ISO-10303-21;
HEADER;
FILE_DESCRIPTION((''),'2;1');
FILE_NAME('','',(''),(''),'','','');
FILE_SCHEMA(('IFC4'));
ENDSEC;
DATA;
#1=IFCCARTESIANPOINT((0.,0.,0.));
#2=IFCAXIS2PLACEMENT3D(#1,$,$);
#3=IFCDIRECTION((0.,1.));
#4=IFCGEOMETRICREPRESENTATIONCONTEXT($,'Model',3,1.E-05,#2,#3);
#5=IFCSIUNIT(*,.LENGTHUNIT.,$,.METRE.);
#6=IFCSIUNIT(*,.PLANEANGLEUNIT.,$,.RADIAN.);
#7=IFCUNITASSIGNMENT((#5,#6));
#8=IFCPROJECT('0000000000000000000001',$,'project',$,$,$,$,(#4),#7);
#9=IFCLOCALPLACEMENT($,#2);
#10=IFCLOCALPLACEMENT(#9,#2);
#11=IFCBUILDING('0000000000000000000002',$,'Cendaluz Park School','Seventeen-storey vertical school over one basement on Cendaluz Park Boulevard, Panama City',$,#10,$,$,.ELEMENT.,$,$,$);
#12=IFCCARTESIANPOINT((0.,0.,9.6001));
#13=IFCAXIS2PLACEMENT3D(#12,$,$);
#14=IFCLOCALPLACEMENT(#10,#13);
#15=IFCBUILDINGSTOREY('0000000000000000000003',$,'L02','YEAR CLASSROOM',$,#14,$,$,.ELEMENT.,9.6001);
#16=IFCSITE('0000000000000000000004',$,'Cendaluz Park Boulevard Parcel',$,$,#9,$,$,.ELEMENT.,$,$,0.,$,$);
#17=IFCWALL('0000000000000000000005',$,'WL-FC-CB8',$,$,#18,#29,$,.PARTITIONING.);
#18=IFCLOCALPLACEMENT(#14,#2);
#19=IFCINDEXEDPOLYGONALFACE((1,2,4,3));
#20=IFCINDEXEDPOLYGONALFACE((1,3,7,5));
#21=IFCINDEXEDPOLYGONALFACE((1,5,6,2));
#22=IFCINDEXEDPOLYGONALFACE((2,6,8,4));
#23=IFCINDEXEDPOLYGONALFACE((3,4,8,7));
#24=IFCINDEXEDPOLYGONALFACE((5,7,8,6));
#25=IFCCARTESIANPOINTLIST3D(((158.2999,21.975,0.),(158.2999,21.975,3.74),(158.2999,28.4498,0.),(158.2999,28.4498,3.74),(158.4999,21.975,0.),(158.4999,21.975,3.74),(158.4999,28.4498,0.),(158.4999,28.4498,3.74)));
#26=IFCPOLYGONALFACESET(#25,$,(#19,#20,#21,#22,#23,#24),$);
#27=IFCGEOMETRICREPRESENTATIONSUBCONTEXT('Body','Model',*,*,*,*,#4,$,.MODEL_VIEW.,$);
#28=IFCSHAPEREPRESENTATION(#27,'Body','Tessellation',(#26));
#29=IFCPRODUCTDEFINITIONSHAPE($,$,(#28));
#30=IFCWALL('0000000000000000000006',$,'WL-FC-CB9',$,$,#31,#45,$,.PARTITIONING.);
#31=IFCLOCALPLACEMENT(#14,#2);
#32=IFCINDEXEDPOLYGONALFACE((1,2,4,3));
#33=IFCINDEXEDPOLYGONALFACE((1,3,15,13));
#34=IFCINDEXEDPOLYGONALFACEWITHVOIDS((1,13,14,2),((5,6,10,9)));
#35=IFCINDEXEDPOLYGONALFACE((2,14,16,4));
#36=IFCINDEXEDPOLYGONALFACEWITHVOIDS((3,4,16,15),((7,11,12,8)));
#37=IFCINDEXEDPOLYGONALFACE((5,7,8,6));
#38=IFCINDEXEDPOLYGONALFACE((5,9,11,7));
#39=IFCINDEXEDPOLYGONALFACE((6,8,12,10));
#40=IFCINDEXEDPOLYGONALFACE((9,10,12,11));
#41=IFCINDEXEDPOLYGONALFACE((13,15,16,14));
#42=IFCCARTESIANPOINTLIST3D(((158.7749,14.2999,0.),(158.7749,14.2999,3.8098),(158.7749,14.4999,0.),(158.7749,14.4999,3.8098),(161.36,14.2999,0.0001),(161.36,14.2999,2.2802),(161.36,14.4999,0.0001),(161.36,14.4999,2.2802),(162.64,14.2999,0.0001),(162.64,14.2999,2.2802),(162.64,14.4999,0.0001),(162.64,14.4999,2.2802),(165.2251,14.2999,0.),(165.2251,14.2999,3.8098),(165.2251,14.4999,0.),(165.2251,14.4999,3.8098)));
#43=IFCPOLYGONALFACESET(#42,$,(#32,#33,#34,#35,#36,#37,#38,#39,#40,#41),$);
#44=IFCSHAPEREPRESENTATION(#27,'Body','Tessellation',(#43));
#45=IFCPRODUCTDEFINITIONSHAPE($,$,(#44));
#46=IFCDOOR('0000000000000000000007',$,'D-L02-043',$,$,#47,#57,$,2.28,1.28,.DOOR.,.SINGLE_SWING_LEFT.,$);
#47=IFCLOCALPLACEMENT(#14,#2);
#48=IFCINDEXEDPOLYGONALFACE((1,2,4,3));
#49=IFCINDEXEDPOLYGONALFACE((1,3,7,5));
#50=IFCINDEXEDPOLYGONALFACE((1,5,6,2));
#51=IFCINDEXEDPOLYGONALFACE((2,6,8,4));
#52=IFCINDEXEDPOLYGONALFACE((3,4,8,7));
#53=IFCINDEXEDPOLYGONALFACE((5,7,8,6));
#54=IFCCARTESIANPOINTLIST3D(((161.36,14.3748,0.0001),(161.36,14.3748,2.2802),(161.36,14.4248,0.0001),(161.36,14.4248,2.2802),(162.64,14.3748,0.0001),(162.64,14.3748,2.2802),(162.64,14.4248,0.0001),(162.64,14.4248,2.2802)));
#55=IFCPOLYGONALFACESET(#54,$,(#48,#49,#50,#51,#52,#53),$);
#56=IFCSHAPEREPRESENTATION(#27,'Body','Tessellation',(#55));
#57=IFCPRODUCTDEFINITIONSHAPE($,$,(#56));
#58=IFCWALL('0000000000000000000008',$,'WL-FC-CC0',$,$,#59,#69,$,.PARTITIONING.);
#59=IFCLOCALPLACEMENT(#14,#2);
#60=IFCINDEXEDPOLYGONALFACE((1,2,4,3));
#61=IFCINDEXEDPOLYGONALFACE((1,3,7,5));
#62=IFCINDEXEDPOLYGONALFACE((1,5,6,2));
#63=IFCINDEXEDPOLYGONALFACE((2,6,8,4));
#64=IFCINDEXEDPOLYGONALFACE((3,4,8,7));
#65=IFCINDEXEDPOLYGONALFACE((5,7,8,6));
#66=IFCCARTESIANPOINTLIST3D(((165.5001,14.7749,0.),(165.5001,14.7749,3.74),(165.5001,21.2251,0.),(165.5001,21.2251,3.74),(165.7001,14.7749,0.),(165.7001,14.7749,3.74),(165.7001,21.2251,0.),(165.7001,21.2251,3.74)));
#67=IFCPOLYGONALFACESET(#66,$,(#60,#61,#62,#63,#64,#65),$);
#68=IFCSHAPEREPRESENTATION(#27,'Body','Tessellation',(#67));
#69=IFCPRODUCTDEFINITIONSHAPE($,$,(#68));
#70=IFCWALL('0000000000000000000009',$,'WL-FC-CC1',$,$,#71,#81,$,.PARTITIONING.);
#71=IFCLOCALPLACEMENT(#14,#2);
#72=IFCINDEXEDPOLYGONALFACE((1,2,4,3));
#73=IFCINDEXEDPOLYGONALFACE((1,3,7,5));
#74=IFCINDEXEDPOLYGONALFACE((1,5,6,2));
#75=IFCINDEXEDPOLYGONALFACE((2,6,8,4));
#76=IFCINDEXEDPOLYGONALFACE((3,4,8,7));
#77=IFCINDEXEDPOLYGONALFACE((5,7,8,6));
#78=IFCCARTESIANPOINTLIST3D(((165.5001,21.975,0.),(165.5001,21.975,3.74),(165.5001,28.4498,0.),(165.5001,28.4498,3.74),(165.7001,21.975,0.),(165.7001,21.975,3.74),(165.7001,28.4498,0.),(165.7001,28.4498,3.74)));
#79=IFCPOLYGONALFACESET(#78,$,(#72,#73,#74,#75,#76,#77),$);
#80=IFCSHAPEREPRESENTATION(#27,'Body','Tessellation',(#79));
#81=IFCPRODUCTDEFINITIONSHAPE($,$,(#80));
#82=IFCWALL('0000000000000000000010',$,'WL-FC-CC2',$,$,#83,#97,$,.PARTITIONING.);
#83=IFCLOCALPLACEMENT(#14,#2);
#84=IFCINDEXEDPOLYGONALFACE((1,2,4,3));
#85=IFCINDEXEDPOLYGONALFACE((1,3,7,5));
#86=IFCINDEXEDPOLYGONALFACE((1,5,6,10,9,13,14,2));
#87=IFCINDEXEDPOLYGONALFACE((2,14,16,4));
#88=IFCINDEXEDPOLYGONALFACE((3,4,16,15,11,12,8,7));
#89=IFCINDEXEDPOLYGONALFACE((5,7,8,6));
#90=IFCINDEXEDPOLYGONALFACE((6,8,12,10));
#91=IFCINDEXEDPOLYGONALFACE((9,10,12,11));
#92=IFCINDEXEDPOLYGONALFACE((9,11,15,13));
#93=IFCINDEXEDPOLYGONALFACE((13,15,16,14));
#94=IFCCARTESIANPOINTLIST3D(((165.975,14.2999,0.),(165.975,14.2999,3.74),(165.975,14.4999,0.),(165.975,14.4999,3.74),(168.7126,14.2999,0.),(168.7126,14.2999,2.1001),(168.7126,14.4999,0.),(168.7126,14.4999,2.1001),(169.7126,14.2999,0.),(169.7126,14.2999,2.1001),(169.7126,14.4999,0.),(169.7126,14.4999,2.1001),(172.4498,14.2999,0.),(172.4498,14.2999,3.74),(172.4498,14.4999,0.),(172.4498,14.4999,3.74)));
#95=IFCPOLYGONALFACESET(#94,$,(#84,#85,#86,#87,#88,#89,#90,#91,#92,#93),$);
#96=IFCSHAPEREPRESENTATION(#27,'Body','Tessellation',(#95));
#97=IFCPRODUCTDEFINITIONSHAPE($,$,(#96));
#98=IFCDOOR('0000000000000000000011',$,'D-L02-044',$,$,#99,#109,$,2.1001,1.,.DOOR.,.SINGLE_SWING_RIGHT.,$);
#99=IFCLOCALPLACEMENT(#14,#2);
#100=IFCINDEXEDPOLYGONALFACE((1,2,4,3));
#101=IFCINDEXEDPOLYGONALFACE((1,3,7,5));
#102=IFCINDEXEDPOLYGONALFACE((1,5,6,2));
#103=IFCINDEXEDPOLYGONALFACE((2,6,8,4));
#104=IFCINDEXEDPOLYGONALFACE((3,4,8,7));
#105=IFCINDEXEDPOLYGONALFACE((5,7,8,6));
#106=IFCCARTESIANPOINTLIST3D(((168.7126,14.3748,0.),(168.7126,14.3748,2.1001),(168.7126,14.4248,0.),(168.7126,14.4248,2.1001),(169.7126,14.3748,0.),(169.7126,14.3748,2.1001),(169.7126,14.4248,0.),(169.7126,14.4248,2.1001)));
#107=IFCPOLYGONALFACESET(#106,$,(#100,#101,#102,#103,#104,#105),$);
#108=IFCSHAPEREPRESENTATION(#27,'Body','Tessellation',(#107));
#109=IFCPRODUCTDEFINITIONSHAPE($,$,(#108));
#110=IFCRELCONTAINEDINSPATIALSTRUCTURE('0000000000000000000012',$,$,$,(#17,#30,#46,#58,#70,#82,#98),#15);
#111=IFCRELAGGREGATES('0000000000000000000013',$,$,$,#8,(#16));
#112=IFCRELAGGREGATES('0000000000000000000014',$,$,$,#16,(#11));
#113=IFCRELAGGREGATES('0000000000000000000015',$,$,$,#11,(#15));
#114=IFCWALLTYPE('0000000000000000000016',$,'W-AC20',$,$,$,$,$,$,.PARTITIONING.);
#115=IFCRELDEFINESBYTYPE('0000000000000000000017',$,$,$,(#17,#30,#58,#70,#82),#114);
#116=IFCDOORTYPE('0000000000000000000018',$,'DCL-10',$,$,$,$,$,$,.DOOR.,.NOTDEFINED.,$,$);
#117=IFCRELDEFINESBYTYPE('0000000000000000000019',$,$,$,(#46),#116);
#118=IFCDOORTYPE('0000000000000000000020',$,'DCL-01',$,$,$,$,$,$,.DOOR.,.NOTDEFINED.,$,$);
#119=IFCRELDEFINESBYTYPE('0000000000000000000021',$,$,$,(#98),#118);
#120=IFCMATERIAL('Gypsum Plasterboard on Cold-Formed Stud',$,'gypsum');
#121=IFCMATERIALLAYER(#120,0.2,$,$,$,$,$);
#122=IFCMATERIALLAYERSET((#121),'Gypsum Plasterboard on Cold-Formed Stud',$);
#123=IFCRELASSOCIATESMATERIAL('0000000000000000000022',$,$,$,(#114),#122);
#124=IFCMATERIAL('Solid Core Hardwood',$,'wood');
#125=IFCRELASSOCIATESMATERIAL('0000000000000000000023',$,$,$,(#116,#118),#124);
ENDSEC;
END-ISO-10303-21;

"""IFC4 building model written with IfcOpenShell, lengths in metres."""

from ifc_helpers import new_model, si_unit, direction, frame, frame_2d, origin, place, context, subcontext, project, spatial, rectangle, extrude, material, layer, layer_set, type_object, element, fill, save


model = new_model("IFC4")

# Units and contexts
model_context = context("Model", 3, precision=1e-05, world=origin(), true_north=direction((0.0, 1.0)))
body_context = subcontext(model_context, "Body", "Model", "MODEL_VIEW")
ifc_project = project(units=[si_unit("LENGTHUNIT", "METRE"), si_unit("PLANEANGLEUNIT", "RADIAN")], contexts=[model_context])

# Site, building, storey
site_placement = place(None, origin())
site = spatial("IfcSite", under=ifc_project, at=site_placement, Name="Cendaluz Park Boulevard Parcel", CompositionType="ELEMENT", RefElevation=0.0)
building_placement = place(site_placement, origin())
building = spatial("IfcBuilding", under=site, at=building_placement, Name="Cendaluz Park School", Description="Seventeen-storey vertical school over one basement on Cendaluz Park Boulevard, Panama City", CompositionType="ELEMENT")
storey_placement = place(building_placement, frame((0.0, 0.0, 9.6001)))
storey = spatial("IfcBuildingStorey", under=building, at=storey_placement, Name="L02", Description="YEAR CLASSROOM", CompositionType="ELEMENT", Elevation=9.6001)

# Wall
ifc_material_1 = material(Name="Gypsum Plasterboard on Cold-Formed Stud", Category="gypsum")
ifc_layer_1 = layer(ifc_material_1, 0.2)
ifc_layer_set_1 = layer_set([ifc_layer_1], Name="Gypsum Plasterboard on Cold-Formed Stud")
wall_type = type_object("IfcWallType", Name="W-AC20", PredefinedType="PARTITIONING", material=ifc_layer_set_1)
wall_1_placement = place(storey_placement, frame((158.3999, 21.9751, 0.0), z_axis=(0.0, 0.0, 1.0), x_axis=(0.0, 1.0, 0.0)))
element("IfcWall", 1, at=wall_1_placement, inside=storey, type_object=wall_type, Name="WL-FC-CB8", PredefinedType="PARTITIONING", context=body_context, shape_type="SweptSolid", body=[
    extrude(rectangle(XDim=6.4749, YDim=0.2, at=frame_2d((3.2373, 0.0))), origin(), (0.0, 0.0, 1.0), 3.74),
])

# Wall, opening, door
wall_2_placement = place(storey_placement, frame((158.7749, 14.3999, 0.0), z_axis=(0.0, 0.0, 1.0), x_axis=(1.0, 0.0, 0.0)))
wall_2 = element("IfcWall", 2, at=wall_2_placement, inside=storey, type_object=wall_type, Name="WL-FC-CB9", PredefinedType="PARTITIONING", context=body_context, shape_type="SweptSolid", body=[
    extrude(rectangle(XDim=6.4502, YDim=0.2, at=frame_2d((3.2251, 0.0))), origin(), (0.0, 0.0, 1.0), 3.8098),
])
opening_1_placement = place(wall_2_placement, frame((2.585, 0.0, 0.0)))
opening_1 = element("IfcOpeningElement", 3, at=opening_1_placement, cuts=wall_2, PredefinedType="OPENING", context=body_context, shape_type="SweptSolid", body=[
    extrude(rectangle(XDim=1.28, YDim=2.28, at=frame_2d((0.6401, 1.1401))), frame((0.0, 0.1121, 0.0), z_axis=(0.0, -1.0, 0.0), x_axis=(1.0, 0.0, 0.0)), (0.0, 0.0, 1.0), 0.2239),
])
ifc_material_2 = material(Name="Solid Core Hardwood", Category="wood")
door_type_1 = type_object("IfcDoorType", Name="DCL-10", OperationType="NOTDEFINED", PredefinedType="DOOR", material=ifc_material_2)
door_1_placement = place(opening_1_placement, origin())
door_1 = element("IfcDoor", 4, at=door_1_placement, inside=storey, type_object=door_type_1, Name="D-L02-043", OperationType="SINGLE_SWING_LEFT", OverallHeight=2.28, OverallWidth=1.28, PredefinedType="DOOR", context=body_context, shape_type="SweptSolid", body=[
    extrude(rectangle(XDim=1.28, YDim=2.28, at=frame_2d((0.6401, 1.1401))), frame((0.0, 0.0249, 0.0), z_axis=(0.0, -1.0, 0.0), x_axis=(1.0, 0.0, 0.0)), (0.0, 0.0, 1.0), 0.05),
])
fill(opening_1, door_1)

# Walls
wall_3_placement = place(storey_placement, frame((165.6001, 14.7749, 0.0), z_axis=(0.0, 0.0, 1.0), x_axis=(0.0, 1.0, 0.0)))
element("IfcWall", 5, at=wall_3_placement, inside=storey, type_object=wall_type, Name="WL-FC-CC0", PredefinedType="PARTITIONING", context=body_context, shape_type="SweptSolid", body=[
    extrude(rectangle(XDim=6.4502, YDim=0.2, at=frame_2d((3.2251, 0.0))), origin(), (0.0, 0.0, 1.0), 3.74),
])
wall_4_placement = place(storey_placement, frame((165.6001, 21.9751, 0.0), z_axis=(0.0, 0.0, 1.0), x_axis=(0.0, 1.0, 0.0)))
element("IfcWall", 6, at=wall_4_placement, inside=storey, type_object=wall_type, Name="WL-FC-CC1", PredefinedType="PARTITIONING", context=body_context, shape_type="SweptSolid", body=[
    extrude(rectangle(XDim=6.4749, YDim=0.2, at=frame_2d((3.2373, 0.0))), origin(), (0.0, 0.0, 1.0), 3.74),
])

# Wall, opening, door
wall_5_placement = place(storey_placement, frame((165.9751, 14.3999, 0.0), z_axis=(0.0, 0.0, 1.0), x_axis=(1.0, 0.0, 0.0)))
wall_5 = element("IfcWall", 7, at=wall_5_placement, inside=storey, type_object=wall_type, Name="WL-FC-CC2", PredefinedType="PARTITIONING", context=body_context, shape_type="SweptSolid", body=[
    extrude(rectangle(XDim=6.4749, YDim=0.2, at=frame_2d((3.2373, 0.0))), origin(), (0.0, 0.0, 1.0), 3.74),
])
opening_2_placement = place(wall_5_placement, frame((2.7375, 0.0, 0.0)))
opening_2 = element("IfcOpeningElement", 8, at=opening_2_placement, cuts=wall_5, PredefinedType="OPENING", context=body_context, shape_type="SweptSolid", body=[
    extrude(rectangle(XDim=1.0, YDim=2.1001, at=frame_2d((0.5, 1.05))), frame((0.0, 0.1121, 0.0), z_axis=(0.0, -1.0, 0.0), x_axis=(1.0, 0.0, 0.0)), (0.0, 0.0, 1.0), 0.2239),
])
door_type_2 = type_object("IfcDoorType", Name="DCL-01", OperationType="NOTDEFINED", PredefinedType="DOOR", material=ifc_material_2)
door_2_placement = place(opening_2_placement, origin())
door_2 = element("IfcDoor", 9, at=door_2_placement, inside=storey, type_object=door_type_2, Name="D-L02-044", OperationType="SINGLE_SWING_RIGHT", OverallHeight=2.1001, OverallWidth=1.0, PredefinedType="DOOR", context=body_context, shape_type="SweptSolid", body=[
    extrude(rectangle(XDim=1.0, YDim=2.1001, at=frame_2d((0.5, 1.05))), frame((0.0, 0.0249, 0.0), z_axis=(0.0, -1.0, 0.0), x_axis=(1.0, 0.0, 0.0)), (0.0, 0.0, 1.0), 0.05),
])
fill(opening_2, door_2)

save(model, "model.ifc")
